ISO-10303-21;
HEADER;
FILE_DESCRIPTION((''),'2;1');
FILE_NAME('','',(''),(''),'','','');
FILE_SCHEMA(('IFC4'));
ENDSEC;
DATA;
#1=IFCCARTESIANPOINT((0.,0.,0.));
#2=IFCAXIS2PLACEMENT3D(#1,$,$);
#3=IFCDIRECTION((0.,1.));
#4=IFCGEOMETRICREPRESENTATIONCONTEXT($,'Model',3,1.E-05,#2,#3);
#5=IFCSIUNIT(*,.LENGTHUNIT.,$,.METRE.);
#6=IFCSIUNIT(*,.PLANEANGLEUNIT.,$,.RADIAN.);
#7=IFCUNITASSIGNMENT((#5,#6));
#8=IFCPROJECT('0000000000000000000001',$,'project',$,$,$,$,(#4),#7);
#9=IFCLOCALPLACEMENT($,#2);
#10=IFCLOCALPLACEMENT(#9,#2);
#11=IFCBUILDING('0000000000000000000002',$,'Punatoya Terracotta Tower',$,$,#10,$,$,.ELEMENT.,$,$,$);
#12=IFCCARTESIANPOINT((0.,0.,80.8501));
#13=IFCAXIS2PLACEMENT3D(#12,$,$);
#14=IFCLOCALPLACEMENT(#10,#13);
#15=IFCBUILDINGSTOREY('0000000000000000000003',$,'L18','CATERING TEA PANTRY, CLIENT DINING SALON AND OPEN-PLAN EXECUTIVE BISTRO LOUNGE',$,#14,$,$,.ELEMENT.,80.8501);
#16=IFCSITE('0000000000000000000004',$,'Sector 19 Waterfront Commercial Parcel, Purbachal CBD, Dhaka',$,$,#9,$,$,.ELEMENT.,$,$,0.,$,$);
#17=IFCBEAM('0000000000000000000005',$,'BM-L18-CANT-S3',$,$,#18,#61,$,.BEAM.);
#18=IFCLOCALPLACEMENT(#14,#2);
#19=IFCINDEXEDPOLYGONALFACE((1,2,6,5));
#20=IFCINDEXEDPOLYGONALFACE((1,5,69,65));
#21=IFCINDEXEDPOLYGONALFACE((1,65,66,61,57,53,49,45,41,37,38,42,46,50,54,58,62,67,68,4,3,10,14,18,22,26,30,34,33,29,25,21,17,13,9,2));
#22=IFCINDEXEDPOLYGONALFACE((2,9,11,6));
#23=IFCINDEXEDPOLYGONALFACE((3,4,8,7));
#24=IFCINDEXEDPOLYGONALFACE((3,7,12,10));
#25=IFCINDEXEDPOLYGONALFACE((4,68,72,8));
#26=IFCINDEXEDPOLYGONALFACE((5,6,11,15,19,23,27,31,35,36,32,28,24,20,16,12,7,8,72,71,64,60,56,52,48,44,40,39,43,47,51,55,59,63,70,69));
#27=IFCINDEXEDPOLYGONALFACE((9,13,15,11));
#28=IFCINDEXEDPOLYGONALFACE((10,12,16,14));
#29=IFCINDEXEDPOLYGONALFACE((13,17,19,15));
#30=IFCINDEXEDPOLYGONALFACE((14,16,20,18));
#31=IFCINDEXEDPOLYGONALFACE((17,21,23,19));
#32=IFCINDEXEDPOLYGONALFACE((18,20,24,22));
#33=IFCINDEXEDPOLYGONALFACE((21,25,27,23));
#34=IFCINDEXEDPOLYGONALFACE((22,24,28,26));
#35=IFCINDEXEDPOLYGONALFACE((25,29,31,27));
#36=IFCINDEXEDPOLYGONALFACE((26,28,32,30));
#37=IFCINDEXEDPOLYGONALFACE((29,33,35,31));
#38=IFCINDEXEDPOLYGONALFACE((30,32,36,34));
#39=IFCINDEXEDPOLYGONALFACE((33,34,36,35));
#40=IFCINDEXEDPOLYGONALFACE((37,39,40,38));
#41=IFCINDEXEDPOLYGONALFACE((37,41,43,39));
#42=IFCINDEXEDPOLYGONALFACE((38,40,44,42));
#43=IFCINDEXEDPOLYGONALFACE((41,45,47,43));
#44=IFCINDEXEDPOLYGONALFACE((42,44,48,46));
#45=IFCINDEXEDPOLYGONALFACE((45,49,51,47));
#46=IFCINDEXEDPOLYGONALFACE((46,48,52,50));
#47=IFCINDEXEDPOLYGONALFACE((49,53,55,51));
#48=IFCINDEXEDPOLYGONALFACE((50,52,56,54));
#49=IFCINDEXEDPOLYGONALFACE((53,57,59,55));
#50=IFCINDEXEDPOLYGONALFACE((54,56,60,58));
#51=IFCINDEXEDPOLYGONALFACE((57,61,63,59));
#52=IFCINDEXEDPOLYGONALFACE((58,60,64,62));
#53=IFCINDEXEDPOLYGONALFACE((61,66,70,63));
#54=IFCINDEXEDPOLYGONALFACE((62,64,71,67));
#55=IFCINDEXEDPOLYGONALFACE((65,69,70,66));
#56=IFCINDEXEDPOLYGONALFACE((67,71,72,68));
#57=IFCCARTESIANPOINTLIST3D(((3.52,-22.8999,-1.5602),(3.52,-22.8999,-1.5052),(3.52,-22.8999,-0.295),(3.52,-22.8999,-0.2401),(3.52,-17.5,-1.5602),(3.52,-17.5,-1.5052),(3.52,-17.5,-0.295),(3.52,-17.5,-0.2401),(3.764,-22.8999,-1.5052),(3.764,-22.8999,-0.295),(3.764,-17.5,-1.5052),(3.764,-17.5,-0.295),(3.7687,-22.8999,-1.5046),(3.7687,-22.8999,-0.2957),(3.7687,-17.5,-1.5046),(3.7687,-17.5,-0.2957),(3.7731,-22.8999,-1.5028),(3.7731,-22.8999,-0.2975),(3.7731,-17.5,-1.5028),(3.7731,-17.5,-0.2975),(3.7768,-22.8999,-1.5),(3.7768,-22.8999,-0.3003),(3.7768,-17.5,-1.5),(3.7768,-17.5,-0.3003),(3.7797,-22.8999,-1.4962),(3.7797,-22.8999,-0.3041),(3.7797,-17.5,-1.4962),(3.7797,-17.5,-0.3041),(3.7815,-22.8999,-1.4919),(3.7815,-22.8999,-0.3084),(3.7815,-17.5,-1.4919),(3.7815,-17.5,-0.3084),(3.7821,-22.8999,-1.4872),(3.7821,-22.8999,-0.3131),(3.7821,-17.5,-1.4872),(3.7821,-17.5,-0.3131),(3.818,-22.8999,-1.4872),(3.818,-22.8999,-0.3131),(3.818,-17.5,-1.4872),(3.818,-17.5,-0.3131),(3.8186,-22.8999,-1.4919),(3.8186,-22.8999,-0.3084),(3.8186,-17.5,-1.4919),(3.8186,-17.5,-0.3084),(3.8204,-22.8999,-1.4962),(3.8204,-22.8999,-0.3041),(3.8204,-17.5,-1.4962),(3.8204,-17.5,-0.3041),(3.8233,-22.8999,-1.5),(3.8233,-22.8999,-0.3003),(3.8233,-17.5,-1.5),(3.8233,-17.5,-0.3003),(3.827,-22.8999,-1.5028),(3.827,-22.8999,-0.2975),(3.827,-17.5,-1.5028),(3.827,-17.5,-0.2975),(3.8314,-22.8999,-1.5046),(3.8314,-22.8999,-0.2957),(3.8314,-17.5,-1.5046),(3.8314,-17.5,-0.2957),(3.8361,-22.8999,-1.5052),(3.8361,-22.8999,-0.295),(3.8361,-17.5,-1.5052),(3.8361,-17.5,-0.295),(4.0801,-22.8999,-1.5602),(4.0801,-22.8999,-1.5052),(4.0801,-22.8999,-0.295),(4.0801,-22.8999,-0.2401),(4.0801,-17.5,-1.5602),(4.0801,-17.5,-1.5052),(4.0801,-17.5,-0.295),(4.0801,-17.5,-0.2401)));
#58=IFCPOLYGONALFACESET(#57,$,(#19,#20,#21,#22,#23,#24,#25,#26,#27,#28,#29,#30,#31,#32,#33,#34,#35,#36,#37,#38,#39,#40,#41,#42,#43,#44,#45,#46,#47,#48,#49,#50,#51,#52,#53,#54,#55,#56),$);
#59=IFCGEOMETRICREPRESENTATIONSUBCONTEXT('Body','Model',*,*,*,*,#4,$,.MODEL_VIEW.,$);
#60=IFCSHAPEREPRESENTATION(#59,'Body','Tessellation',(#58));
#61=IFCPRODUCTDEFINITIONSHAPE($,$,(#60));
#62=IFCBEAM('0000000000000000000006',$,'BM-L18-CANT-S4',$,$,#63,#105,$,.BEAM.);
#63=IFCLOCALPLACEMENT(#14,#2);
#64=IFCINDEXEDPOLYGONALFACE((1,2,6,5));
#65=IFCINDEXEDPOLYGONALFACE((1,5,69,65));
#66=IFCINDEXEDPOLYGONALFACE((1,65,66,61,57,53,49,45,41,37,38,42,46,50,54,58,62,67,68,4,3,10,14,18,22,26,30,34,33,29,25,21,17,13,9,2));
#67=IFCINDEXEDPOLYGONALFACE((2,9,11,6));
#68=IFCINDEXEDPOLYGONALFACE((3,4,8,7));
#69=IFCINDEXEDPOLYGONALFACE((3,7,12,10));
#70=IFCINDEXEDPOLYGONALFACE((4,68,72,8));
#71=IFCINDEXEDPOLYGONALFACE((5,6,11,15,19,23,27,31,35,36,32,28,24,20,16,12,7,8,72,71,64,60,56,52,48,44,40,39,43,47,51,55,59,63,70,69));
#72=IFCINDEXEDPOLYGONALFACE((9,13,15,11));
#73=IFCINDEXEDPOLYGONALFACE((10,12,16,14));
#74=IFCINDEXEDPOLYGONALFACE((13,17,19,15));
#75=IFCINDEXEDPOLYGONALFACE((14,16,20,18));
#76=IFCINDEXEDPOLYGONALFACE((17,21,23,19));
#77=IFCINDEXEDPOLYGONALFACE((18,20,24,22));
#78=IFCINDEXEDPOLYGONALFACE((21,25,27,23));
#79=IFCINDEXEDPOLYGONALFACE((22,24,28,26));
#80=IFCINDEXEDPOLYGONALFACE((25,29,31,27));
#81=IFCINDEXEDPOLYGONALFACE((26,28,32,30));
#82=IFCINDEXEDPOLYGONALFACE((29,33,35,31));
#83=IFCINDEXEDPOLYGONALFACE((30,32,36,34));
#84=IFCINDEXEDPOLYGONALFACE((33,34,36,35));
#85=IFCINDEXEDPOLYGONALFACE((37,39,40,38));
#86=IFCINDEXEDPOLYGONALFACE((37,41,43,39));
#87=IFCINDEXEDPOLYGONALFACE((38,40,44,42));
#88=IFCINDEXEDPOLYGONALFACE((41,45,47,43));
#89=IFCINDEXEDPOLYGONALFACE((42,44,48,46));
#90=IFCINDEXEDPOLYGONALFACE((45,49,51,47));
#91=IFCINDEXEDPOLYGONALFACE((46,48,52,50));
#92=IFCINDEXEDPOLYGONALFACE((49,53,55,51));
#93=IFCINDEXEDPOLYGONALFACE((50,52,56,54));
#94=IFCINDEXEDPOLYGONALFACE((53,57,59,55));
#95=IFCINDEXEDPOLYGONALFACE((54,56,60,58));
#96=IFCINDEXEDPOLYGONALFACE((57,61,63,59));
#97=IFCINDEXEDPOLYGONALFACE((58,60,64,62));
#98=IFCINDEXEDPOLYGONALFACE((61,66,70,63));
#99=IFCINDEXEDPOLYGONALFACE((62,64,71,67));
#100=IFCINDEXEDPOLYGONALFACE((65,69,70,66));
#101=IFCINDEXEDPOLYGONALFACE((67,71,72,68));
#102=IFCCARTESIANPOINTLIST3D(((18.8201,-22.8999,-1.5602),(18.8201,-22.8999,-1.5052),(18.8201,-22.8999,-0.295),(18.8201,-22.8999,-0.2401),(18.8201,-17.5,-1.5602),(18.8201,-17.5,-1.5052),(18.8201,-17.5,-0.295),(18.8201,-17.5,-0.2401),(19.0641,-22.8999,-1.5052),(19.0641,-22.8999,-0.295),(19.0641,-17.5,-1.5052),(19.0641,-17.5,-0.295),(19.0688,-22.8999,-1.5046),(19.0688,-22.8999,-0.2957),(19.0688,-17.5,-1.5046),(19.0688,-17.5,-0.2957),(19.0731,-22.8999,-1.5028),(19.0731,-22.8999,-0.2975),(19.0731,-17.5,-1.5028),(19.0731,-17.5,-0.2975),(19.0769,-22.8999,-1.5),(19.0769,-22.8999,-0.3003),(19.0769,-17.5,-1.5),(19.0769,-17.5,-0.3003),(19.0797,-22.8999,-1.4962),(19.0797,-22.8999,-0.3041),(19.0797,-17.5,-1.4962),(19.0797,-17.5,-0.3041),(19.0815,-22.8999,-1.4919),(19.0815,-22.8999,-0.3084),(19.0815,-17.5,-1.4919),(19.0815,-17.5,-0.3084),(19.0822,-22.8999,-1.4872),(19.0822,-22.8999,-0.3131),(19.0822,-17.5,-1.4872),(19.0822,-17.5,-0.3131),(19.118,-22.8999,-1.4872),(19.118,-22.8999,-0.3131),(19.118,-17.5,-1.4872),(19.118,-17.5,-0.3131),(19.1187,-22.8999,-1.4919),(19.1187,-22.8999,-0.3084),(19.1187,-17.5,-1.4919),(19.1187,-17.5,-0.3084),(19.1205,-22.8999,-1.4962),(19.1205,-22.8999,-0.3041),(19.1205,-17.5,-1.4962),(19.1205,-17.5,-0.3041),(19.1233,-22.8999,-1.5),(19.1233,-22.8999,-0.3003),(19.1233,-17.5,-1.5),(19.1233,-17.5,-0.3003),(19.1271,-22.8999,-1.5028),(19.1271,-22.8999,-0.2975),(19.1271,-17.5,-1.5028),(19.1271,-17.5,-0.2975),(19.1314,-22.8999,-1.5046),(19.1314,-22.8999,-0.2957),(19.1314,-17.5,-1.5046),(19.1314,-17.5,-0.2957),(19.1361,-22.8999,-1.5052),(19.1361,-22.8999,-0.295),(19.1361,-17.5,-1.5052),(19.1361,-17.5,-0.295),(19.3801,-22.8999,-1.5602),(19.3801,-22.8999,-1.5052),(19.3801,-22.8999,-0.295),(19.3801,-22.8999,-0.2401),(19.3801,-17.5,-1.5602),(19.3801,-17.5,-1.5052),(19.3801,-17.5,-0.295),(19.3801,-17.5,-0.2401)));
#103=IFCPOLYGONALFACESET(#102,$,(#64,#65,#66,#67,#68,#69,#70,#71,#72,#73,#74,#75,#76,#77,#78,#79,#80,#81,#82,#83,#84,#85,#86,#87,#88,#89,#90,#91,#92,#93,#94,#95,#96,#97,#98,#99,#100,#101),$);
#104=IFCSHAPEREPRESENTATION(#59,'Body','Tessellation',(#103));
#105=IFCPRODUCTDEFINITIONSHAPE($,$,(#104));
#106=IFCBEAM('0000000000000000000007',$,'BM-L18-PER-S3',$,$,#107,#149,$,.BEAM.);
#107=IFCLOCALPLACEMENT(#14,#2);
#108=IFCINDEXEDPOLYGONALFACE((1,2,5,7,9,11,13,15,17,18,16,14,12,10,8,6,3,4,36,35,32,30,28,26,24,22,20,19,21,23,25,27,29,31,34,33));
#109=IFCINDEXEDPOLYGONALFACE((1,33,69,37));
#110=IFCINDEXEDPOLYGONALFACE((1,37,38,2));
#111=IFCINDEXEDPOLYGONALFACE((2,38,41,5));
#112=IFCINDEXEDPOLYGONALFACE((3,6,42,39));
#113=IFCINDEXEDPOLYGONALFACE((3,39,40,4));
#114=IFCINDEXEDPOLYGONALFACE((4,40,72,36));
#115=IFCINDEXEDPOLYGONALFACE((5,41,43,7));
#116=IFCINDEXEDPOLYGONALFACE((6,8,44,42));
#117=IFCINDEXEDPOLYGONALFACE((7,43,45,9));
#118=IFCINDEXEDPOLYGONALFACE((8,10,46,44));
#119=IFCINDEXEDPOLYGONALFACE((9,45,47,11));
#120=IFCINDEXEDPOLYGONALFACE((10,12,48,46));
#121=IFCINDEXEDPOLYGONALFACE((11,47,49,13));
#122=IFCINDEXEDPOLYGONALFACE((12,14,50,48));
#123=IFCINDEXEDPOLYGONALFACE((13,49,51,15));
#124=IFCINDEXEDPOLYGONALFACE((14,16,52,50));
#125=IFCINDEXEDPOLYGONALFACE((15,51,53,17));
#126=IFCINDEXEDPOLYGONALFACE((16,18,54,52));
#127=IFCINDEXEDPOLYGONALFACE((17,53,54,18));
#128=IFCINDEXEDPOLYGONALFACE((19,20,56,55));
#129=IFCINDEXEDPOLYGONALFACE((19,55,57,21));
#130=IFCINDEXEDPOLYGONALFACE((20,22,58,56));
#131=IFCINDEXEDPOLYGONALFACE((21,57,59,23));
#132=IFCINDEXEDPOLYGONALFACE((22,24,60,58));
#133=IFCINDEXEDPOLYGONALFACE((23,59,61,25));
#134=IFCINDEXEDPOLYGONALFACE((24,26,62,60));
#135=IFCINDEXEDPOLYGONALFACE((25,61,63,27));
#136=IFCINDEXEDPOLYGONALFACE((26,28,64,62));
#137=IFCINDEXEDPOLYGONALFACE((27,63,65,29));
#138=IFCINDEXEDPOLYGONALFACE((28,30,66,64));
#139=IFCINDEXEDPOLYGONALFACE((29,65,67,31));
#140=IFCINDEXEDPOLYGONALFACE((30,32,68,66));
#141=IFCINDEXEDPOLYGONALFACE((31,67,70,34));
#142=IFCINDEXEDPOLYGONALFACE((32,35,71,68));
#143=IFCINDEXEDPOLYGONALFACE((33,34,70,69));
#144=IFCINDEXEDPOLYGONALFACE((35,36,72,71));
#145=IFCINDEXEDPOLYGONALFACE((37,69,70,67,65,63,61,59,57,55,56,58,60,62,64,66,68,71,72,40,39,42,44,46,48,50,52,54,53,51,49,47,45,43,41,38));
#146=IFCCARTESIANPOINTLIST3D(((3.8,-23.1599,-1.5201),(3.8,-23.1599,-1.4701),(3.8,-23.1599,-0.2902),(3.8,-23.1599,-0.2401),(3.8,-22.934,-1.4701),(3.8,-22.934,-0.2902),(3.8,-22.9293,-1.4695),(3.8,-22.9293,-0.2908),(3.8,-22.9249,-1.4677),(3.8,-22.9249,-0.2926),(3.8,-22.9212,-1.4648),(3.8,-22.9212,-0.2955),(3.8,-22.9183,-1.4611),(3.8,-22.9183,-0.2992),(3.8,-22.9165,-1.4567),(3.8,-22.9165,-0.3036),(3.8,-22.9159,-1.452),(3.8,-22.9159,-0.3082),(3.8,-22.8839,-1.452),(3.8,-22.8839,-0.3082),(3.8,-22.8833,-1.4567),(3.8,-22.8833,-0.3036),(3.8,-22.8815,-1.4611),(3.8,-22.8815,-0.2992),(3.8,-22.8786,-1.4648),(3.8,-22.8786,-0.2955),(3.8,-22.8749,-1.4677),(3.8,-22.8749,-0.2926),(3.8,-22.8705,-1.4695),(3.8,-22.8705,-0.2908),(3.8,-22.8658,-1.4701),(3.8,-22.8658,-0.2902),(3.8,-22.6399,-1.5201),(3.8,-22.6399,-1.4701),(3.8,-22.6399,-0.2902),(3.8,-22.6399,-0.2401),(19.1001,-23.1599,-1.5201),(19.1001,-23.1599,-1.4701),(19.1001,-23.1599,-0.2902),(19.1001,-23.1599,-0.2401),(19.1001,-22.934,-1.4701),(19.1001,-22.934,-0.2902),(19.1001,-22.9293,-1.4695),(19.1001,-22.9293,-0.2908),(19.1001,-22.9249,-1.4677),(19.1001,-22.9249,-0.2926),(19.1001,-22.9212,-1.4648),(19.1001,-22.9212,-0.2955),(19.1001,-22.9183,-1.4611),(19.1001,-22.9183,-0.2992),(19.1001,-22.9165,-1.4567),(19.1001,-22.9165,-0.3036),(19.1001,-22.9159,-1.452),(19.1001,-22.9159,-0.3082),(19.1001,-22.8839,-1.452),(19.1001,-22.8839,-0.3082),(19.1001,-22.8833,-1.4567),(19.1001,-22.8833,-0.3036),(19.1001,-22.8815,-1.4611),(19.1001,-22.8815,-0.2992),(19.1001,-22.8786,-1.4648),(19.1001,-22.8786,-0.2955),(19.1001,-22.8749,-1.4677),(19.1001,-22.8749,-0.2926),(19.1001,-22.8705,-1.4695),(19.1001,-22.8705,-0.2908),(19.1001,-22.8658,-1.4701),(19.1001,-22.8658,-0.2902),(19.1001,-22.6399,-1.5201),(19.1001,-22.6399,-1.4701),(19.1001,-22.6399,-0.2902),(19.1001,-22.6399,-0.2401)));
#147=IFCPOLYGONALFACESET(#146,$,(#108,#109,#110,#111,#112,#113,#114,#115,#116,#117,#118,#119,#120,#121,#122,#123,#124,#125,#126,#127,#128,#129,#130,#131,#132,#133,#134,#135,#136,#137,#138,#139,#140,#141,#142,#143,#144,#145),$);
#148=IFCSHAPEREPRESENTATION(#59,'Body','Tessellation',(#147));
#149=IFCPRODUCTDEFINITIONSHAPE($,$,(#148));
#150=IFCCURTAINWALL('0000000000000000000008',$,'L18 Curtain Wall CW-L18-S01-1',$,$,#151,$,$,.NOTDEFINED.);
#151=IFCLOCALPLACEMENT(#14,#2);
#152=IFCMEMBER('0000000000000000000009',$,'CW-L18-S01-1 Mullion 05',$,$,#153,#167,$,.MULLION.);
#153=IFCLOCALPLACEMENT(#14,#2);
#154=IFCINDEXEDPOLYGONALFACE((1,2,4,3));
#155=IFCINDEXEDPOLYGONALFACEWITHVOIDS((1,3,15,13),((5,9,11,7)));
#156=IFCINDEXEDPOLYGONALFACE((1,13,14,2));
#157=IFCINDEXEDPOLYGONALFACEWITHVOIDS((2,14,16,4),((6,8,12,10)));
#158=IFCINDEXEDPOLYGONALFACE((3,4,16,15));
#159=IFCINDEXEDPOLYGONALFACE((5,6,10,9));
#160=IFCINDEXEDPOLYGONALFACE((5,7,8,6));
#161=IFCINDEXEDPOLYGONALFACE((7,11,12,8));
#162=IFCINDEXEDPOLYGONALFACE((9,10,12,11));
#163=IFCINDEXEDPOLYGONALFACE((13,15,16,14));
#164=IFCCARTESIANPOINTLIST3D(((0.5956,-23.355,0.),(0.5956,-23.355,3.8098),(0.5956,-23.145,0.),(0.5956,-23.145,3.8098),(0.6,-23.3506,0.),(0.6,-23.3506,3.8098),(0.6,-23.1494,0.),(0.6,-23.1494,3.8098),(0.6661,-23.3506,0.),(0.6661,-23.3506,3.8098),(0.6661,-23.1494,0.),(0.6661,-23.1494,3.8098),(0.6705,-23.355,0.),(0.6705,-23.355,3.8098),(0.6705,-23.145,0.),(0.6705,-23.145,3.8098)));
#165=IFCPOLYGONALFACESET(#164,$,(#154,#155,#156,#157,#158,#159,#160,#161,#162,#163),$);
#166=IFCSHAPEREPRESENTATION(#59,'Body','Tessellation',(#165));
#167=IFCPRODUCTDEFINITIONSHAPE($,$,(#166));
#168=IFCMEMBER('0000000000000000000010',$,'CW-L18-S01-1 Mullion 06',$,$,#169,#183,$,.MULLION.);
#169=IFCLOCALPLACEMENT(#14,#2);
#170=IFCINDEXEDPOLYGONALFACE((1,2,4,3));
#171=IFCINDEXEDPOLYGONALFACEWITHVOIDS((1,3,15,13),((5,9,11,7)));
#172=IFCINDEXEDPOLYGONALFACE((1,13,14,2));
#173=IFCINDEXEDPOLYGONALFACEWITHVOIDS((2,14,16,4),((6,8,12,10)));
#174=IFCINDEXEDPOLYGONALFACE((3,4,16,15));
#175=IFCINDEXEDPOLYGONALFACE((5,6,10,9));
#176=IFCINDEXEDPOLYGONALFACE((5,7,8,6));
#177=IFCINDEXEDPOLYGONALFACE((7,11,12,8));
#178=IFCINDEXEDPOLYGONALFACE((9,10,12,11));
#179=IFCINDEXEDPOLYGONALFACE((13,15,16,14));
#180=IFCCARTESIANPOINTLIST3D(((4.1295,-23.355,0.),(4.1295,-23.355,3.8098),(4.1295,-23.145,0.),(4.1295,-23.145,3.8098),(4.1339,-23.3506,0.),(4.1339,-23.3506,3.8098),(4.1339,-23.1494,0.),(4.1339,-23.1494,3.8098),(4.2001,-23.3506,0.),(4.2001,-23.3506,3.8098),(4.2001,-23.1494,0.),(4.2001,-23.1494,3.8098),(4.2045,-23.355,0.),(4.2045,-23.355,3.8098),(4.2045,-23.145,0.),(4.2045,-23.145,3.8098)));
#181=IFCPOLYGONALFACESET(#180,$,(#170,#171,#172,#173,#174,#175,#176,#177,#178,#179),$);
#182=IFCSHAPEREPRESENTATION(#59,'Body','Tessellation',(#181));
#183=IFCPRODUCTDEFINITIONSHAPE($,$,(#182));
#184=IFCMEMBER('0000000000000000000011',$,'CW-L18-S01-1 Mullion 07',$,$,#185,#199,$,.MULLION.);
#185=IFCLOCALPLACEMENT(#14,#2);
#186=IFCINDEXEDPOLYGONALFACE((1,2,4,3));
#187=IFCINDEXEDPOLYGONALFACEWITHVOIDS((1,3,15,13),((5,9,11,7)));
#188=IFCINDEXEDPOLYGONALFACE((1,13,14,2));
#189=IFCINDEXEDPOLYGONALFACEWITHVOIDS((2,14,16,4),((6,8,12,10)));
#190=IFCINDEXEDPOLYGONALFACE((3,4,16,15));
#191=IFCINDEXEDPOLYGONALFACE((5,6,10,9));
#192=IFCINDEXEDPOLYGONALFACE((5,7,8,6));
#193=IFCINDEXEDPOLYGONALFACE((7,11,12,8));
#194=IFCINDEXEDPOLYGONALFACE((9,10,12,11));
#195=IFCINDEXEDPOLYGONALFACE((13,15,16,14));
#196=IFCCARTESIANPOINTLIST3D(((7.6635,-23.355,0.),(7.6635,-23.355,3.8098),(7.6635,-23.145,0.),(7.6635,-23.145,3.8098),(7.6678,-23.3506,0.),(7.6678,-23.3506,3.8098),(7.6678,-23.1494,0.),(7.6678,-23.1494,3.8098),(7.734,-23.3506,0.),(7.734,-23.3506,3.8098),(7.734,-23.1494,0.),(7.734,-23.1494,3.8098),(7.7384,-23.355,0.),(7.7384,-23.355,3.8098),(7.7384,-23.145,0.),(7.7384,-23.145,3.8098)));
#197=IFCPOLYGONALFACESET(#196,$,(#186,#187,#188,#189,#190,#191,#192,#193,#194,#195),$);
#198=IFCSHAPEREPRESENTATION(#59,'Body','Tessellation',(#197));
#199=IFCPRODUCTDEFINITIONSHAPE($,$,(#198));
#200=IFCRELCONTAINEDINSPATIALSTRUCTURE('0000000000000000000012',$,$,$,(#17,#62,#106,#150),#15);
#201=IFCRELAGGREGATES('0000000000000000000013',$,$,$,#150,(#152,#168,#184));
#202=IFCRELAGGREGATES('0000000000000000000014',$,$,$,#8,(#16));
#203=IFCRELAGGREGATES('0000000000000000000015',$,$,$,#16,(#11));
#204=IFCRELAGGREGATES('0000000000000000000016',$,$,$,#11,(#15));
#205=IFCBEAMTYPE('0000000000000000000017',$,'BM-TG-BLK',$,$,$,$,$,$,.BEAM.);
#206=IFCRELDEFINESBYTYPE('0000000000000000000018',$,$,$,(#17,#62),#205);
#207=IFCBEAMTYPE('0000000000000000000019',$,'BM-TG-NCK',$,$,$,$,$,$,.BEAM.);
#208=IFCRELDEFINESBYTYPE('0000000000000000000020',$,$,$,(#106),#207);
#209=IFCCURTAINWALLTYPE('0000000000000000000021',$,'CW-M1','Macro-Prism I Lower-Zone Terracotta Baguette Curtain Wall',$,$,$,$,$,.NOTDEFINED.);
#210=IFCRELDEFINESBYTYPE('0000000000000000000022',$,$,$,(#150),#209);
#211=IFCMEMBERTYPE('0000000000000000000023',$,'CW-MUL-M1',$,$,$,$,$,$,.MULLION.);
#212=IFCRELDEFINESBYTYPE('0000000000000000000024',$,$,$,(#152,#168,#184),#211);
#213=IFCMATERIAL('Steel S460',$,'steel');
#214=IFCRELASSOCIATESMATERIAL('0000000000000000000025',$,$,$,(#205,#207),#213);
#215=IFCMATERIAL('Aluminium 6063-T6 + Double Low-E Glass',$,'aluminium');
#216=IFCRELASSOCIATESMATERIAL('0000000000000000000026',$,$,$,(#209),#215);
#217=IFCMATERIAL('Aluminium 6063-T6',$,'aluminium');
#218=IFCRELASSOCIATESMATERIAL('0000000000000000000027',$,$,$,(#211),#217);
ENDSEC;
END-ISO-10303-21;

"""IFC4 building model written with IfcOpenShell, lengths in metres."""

from ifc_helpers import new_model, si_unit, direction, frame, origin, origin_2d, place, context, subcontext, project, spatial, hollow_rectangle, i_section, extrude, material, material_profile, profile_set, type_object, element, aggregate, save


model = new_model("IFC4")

# Units and contexts
model_context = context("Model", 3, precision=1e-05, world=origin(), true_north=direction((0.0, 1.0)))
body_context = subcontext(model_context, "Body", "Model", "MODEL_VIEW")
ifc_project = project(units=[si_unit("LENGTHUNIT", "METRE"), si_unit("PLANEANGLEUNIT", "RADIAN")], contexts=[model_context])

# Site, building, storey
site_placement = place(None, origin())
site = spatial("IfcSite", under=ifc_project, at=site_placement, Name="Sector 19 Waterfront Commercial Parcel, Purbachal CBD, Dhaka", CompositionType="ELEMENT", RefElevation=0.0)
building_placement = place(site_placement, origin())
building = spatial("IfcBuilding", under=site, at=building_placement, Name="Punatoya Terracotta Tower", CompositionType="ELEMENT")
storey_placement = place(building_placement, frame((0.0, 0.0, 80.8501)))
storey = spatial("IfcBuildingStorey", under=building, at=storey_placement, Name="L18", Description="CATERING TEA PANTRY, CLIENT DINING SALON AND OPEN-PLAN EXECUTIVE BISTRO LOUNGE", CompositionType="ELEMENT", Elevation=80.8501)

# Shared definitions
ifc_material_1 = material(Name="Steel S460", Category="steel")

# Beams
ifc_material_profile_1 = material_profile(ifc_material_1, i_section(OverallWidth=0.5601, OverallDepth=1.3201, WebThickness=0.0359, FlangeThickness=0.0549, FilletRadius=0.0181, at=origin_2d()))
ifc_profile_set_1 = profile_set([ifc_material_profile_1], Name="Steel S460")
beam_type_1 = type_object("IfcBeamType", Name="BM-TG-BLK", PredefinedType="BEAM", material=ifc_profile_set_1)
for number, where, z_axis, x_axis, name in (
    (1, (3.8, -22.8999, -0.9001), (0.0, 1.0, 0.0), (-1.0, 0.0, 0.0), "BM-L18-CANT-S3"),
    (2, (19.1001, -22.8999, -0.9001), (0.0, 1.0, 0.0), (-1.0, 0.0, 0.0), "BM-L18-CANT-S4"),
):
    element("IfcBeam", number, at=place(storey_placement, frame(where, z_axis=z_axis, x_axis=x_axis)), inside=storey, type_object=beam_type_1, Name=name, PredefinedType="BEAM", context=body_context, shape_type="SweptSolid", body=[
        extrude(i_section(OverallWidth=0.5601, OverallDepth=1.3201, WebThickness=0.0359, FlangeThickness=0.0549, FilletRadius=0.0181, at=origin_2d()), origin(), (0.0, 0.0, 1.0), 5.3999),
    ])
ifc_material_profile_2 = material_profile(ifc_material_1, i_section(OverallWidth=0.52, OverallDepth=1.28, WebThickness=0.032, FlangeThickness=0.05, FilletRadius=0.0181, at=origin_2d()))
ifc_profile_set_2 = profile_set([ifc_material_profile_2], Name="Steel S460")
beam_type_2 = type_object("IfcBeamType", Name="BM-TG-NCK", PredefinedType="BEAM", material=ifc_profile_set_2)
beam_1_placement = place(storey_placement, frame((3.8, -22.8999, -0.8801), z_axis=(1.0, 0.0, 0.0), x_axis=(0.0, 1.0, 0.0)))
element("IfcBeam", 3, at=beam_1_placement, inside=storey, type_object=beam_type_2, Name="BM-L18-PER-S3", PredefinedType="BEAM", context=body_context, shape_type="SweptSolid", body=[
    extrude(i_section(OverallWidth=0.52, OverallDepth=1.28, WebThickness=0.032, FlangeThickness=0.05, FilletRadius=0.0181, at=origin_2d()), origin(), (0.0, 0.0, 1.0), 15.3),
])

# Curtain wall, members
ifc_material_2 = material(Name="Aluminium 6063-T6 + Double Low-E Glass", Category="aluminium")
curtain_wall_type = type_object("IfcCurtainWallType", Name="CW-M1", Description="Macro-Prism I Lower-Zone Terracotta Baguette Curtain Wall", PredefinedType="NOTDEFINED", material=ifc_material_2)
curtain_wall_placement = place(storey_placement, origin())
curtain_wall = element("IfcCurtainWall", 4, at=curtain_wall_placement, inside=storey, type_object=curtain_wall_type, Name="L18 Curtain Wall CW-L18-S01-1", PredefinedType="NOTDEFINED")
ifc_material_3 = material(Name="Aluminium 6063-T6", Category="aluminium")
ifc_material_profile_3 = material_profile(ifc_material_3, hollow_rectangle(XDim=0.075, YDim=0.21, WallThickness=0.0044, at=origin_2d()))
ifc_profile_set_3 = profile_set([ifc_material_profile_3], Name="Aluminium 6063-T6")
member_type = type_object("IfcMemberType", Name="CW-MUL-M1", PredefinedType="MULLION", material=ifc_profile_set_3)
member_1_placement = place(storey_placement, frame((0.6331, -23.25, 0.0), z_axis=(0.0, 0.0, 1.0), x_axis=(1.0, 0.0, 0.0)))
member_1 = element("IfcMember", 5, at=member_1_placement, type_object=member_type, Name="CW-L18-S01-1 Mullion 05", PredefinedType="MULLION", context=body_context, shape_type="SweptSolid", body=[
    extrude(hollow_rectangle(XDim=0.075, YDim=0.21, WallThickness=0.0044, at=origin_2d()), origin(), (0.0, 0.0, 1.0), 3.8098),
])
member_2_placement = place(storey_placement, frame((4.167, -23.25, 0.0), z_axis=(0.0, 0.0, 1.0), x_axis=(1.0, 0.0, 0.0)))
member_2 = element("IfcMember", 6, at=member_2_placement, type_object=member_type, Name="CW-L18-S01-1 Mullion 06", PredefinedType="MULLION", context=body_context, shape_type="SweptSolid", body=[
    extrude(hollow_rectangle(XDim=0.075, YDim=0.21, WallThickness=0.0044, at=origin_2d()), origin(), (0.0, 0.0, 1.0), 3.8098),
])
member_3_placement = place(storey_placement, frame((7.7009, -23.25, 0.0), z_axis=(0.0, 0.0, 1.0), x_axis=(1.0, 0.0, 0.0)))
member_3 = element("IfcMember", 7, at=member_3_placement, type_object=member_type, Name="CW-L18-S01-1 Mullion 07", PredefinedType="MULLION", context=body_context, shape_type="SweptSolid", body=[
    extrude(hollow_rectangle(XDim=0.075, YDim=0.21, WallThickness=0.0044, at=origin_2d()), origin(), (0.0, 0.0, 1.0), 3.8098),
])
aggregate(curtain_wall, [member_1, member_2, member_3])

save(model, "model.ifc")
